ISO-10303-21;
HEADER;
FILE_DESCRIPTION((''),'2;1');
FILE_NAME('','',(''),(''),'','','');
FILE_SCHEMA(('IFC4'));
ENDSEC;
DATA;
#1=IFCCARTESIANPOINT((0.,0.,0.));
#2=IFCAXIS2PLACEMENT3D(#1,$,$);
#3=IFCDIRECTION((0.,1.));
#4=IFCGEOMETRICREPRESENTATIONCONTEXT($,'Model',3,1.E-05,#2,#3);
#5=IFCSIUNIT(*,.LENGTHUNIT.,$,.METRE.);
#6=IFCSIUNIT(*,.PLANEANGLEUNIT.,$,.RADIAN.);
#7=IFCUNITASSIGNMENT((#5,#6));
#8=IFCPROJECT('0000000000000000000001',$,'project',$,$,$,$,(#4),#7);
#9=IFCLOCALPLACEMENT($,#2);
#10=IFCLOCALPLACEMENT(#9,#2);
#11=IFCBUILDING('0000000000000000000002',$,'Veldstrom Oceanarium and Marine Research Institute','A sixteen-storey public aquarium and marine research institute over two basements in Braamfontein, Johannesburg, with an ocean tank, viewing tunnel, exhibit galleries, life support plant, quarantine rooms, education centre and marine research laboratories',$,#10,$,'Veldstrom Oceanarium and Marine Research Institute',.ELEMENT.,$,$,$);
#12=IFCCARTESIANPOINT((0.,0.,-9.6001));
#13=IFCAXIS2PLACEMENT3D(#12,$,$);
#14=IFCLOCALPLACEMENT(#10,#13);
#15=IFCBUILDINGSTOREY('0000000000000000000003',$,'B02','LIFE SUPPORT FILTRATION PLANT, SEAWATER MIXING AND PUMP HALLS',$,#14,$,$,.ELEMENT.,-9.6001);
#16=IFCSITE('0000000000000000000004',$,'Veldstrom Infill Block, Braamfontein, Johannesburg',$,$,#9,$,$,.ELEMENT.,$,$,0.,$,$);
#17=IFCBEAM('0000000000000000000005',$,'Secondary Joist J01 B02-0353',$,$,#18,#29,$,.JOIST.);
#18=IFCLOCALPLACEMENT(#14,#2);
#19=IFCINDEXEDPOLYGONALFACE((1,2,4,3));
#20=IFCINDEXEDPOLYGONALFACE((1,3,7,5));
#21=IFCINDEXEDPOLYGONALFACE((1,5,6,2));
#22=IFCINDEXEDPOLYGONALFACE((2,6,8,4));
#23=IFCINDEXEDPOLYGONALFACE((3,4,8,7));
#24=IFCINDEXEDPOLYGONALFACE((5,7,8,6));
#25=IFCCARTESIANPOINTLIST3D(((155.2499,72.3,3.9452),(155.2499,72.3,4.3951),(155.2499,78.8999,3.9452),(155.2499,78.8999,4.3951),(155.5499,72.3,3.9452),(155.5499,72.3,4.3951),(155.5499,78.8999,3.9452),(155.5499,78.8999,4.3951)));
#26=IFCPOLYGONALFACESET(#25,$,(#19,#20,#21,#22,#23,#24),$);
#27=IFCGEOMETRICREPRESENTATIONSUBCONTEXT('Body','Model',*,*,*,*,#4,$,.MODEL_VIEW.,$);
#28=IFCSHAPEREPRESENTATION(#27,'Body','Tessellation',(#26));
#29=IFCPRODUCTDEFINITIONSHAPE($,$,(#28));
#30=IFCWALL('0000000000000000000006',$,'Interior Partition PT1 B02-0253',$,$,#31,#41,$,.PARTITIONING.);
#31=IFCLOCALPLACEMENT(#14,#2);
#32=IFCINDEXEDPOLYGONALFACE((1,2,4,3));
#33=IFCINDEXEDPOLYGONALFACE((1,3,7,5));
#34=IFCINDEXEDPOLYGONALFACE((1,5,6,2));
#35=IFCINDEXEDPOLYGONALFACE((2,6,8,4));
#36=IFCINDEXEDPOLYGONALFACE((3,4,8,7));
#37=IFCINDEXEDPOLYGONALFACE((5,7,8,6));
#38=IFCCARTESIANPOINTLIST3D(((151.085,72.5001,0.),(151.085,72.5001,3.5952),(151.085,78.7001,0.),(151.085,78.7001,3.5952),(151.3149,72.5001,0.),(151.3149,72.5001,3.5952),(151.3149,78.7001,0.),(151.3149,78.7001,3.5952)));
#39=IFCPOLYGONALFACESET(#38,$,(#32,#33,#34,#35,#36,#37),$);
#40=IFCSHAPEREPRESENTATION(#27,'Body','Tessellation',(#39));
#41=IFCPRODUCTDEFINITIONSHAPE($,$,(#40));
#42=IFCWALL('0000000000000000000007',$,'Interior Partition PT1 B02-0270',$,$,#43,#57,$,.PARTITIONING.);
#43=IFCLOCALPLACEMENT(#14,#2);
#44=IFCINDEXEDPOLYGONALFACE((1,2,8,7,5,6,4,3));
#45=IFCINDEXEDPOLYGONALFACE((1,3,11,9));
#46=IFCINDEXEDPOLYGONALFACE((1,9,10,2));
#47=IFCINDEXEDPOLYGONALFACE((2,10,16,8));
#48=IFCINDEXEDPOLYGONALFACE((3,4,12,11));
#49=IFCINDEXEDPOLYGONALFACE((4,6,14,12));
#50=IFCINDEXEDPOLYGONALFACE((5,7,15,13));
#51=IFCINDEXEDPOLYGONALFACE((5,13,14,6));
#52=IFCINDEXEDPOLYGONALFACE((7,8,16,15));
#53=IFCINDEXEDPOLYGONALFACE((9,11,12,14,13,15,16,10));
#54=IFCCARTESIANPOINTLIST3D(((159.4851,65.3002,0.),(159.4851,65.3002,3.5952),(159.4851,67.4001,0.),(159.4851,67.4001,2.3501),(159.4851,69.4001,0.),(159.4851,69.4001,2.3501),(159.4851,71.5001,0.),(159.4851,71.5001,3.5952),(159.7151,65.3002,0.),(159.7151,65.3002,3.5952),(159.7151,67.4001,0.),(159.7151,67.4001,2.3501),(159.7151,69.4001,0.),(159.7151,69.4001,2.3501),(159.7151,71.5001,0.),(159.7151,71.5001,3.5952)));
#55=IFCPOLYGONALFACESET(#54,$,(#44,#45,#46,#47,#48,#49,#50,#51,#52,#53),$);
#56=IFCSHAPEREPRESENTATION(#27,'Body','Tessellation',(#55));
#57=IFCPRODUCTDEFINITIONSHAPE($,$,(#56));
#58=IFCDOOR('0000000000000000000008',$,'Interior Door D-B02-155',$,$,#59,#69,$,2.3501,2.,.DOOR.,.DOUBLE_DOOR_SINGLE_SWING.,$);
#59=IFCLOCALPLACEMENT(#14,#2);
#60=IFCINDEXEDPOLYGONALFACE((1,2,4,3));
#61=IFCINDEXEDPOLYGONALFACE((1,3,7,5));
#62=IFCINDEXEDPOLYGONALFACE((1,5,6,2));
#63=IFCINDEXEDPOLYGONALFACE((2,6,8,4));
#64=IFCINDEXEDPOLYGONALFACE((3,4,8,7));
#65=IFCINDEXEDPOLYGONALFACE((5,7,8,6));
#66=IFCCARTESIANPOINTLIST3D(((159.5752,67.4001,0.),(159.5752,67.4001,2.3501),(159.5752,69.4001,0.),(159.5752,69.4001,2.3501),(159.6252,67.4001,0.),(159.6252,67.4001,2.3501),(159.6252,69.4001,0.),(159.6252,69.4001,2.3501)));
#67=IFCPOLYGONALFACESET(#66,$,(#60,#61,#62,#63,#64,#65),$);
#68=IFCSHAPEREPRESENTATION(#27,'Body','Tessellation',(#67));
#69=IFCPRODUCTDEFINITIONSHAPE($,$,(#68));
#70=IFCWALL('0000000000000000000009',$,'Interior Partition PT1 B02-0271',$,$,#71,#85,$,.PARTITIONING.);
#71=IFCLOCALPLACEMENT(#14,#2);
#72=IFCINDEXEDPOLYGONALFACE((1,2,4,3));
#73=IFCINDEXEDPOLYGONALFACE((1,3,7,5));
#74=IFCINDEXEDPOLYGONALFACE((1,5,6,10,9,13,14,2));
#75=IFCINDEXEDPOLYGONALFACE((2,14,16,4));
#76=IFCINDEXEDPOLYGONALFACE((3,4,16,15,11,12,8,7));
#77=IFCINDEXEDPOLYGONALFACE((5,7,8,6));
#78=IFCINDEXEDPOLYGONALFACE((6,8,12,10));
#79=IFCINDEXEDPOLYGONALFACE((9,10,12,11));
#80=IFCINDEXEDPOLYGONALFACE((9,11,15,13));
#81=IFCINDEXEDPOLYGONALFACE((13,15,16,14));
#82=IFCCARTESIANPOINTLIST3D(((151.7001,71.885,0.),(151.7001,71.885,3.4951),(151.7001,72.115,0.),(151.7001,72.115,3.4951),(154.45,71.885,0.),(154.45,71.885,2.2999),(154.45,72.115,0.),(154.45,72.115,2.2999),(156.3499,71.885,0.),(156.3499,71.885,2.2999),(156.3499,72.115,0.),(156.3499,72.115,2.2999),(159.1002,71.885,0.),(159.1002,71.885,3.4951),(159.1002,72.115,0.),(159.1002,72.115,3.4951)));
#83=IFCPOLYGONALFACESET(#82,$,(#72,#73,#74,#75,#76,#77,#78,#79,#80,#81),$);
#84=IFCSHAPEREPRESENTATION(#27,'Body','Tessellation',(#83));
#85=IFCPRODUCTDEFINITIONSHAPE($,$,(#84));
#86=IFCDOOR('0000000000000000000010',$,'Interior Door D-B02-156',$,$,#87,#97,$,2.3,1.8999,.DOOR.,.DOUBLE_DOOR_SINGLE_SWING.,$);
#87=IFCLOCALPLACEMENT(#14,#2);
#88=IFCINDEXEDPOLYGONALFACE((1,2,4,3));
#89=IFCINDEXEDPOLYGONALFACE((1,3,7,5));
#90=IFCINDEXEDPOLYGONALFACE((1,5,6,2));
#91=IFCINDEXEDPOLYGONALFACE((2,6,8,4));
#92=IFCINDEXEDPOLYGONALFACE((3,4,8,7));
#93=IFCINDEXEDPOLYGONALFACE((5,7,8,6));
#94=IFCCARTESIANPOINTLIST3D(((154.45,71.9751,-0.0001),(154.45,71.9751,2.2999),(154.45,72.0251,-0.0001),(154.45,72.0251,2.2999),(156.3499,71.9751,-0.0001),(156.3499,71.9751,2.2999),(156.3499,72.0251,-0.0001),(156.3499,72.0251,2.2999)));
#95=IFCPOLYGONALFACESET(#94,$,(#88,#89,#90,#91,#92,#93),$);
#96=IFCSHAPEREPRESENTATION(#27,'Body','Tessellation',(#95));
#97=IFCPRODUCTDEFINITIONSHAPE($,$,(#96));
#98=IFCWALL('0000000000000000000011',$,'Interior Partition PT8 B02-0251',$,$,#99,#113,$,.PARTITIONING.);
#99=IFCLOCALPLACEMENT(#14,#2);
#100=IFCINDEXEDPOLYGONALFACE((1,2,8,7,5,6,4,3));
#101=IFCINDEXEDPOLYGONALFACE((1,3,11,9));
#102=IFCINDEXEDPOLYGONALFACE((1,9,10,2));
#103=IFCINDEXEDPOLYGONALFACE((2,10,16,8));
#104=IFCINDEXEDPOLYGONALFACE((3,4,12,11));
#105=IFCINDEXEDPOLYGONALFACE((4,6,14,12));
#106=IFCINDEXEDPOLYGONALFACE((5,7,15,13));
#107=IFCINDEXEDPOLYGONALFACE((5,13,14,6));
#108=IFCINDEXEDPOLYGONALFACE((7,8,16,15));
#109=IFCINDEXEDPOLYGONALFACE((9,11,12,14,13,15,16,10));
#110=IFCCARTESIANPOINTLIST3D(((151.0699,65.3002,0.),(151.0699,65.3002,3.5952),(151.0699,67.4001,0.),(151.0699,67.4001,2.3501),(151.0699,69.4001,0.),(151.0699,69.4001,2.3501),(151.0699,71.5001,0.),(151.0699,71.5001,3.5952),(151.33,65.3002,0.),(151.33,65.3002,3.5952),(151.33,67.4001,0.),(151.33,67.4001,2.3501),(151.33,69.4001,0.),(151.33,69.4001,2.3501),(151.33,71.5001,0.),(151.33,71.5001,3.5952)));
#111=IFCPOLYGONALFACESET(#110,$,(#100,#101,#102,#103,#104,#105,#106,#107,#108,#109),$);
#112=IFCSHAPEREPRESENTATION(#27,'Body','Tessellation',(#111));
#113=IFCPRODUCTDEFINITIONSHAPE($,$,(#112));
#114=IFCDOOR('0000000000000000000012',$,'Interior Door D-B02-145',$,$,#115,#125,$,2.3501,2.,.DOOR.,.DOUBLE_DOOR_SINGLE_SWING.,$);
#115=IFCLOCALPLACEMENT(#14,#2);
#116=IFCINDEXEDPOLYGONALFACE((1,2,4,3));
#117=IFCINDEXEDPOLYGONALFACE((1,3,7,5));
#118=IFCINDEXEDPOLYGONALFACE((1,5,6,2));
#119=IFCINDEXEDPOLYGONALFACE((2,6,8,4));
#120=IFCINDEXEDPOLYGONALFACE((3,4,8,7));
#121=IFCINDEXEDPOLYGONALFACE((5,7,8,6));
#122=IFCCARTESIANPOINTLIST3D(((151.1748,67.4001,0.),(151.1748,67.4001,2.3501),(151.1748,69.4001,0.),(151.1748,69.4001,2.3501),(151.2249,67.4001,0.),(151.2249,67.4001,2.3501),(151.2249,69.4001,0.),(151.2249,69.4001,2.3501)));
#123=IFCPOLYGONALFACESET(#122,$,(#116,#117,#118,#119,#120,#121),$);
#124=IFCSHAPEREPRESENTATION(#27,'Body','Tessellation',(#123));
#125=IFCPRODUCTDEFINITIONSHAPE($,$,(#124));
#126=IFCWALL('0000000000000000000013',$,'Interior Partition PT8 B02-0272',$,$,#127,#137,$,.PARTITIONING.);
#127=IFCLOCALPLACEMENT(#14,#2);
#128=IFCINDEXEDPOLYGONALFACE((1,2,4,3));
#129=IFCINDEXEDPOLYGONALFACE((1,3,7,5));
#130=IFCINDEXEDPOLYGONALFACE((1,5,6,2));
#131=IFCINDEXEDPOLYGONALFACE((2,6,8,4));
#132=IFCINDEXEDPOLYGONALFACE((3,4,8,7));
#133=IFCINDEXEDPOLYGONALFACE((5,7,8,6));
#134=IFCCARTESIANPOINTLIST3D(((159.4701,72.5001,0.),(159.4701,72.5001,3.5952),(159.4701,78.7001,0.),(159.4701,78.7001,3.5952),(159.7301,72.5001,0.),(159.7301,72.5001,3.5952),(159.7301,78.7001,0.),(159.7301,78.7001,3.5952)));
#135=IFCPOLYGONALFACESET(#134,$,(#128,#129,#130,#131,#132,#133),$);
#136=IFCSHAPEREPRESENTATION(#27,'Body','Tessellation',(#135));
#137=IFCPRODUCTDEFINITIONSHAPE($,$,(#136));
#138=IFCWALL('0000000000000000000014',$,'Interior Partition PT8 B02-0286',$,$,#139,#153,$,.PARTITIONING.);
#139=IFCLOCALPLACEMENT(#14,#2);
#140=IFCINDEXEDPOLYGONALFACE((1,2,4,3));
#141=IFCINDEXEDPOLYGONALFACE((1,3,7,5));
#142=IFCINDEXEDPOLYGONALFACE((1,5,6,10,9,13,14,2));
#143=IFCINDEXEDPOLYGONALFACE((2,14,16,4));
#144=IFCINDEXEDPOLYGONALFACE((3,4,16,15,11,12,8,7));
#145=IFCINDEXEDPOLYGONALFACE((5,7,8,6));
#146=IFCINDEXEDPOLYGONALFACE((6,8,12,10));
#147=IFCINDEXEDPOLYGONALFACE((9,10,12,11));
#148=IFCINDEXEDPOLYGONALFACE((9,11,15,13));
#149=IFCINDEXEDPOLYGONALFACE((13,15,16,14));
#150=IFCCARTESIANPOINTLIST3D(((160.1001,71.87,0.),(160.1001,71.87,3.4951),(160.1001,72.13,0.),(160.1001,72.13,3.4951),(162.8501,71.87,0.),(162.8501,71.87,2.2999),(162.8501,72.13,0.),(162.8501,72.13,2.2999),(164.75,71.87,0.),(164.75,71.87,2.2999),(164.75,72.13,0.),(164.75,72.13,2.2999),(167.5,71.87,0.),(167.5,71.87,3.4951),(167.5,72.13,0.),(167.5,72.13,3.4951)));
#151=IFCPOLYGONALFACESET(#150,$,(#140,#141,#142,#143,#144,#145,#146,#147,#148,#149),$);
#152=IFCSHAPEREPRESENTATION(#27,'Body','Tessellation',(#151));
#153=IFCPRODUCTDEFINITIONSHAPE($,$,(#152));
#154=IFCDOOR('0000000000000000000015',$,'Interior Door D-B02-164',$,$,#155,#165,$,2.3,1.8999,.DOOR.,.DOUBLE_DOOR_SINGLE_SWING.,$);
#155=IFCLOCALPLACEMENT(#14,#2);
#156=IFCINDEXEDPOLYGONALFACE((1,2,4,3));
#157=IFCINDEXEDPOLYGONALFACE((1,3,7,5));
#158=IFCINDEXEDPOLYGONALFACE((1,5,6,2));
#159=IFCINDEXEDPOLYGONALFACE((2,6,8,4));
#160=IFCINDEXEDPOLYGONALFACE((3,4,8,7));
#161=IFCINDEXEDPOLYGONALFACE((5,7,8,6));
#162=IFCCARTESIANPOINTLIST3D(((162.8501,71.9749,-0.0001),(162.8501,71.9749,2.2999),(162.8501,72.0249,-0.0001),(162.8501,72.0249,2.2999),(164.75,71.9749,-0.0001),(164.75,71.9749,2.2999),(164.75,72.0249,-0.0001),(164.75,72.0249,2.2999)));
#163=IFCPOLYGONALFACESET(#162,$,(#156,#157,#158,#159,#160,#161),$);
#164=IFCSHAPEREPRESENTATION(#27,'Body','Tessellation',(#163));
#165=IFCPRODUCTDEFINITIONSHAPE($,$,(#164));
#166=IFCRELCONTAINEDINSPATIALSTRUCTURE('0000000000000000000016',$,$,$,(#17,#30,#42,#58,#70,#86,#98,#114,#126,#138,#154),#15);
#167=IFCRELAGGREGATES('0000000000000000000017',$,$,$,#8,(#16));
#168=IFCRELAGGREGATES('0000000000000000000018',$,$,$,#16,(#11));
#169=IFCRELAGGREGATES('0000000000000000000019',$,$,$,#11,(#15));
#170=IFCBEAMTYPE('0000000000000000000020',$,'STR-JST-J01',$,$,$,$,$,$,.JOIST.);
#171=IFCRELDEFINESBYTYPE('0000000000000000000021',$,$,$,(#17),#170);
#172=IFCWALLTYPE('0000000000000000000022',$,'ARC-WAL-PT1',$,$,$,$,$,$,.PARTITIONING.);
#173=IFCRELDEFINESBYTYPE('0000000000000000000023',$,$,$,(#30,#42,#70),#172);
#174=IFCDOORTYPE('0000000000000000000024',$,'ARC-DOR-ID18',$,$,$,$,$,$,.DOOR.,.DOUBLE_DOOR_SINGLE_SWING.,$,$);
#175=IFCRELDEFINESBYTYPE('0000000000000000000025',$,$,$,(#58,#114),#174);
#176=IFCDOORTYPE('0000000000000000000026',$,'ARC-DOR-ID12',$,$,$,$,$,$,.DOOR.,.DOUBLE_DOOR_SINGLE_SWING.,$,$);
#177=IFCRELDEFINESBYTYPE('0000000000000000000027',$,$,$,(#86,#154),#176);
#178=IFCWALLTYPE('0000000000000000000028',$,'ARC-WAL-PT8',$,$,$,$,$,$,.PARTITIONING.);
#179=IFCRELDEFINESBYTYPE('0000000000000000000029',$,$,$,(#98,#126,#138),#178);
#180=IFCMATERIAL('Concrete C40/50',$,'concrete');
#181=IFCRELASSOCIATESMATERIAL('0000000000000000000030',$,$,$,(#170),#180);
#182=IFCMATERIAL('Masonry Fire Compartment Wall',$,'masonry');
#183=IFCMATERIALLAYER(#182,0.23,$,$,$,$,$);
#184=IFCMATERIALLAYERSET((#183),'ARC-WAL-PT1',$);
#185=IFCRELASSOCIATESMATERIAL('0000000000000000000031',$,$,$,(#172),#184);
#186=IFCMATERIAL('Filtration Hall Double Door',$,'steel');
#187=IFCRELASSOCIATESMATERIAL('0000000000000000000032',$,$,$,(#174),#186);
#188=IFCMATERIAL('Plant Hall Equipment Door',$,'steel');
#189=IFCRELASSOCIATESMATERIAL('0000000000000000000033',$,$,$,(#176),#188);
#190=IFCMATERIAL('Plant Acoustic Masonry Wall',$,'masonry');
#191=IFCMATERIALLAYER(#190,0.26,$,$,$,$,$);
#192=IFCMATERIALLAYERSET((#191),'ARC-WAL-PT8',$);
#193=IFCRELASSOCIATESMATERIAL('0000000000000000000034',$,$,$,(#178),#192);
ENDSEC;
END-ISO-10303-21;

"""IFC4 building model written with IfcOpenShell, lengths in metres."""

from ifc_helpers import new_model, si_unit, direction, frame, frame_2d, origin, origin_2d, place, context, subcontext, project, spatial, rectangle, extrude, material, layer, layer_set, material_profile, profile_set, type_object, element, fill, save


model = new_model("IFC4")

# Units and contexts
model_context = context("Model", 3, precision=1e-05, world=origin(), true_north=direction((0.0, 1.0)))
body_context = subcontext(model_context, "Body", "Model", "MODEL_VIEW")
ifc_project = project(units=[si_unit("LENGTHUNIT", "METRE"), si_unit("PLANEANGLEUNIT", "RADIAN")], contexts=[model_context])

# Site, building, storey
site_placement = place(None, origin())
site = spatial("IfcSite", under=ifc_project, at=site_placement, Name="Veldstrom Infill Block, Braamfontein, Johannesburg", CompositionType="ELEMENT", RefElevation=0.0)
building_placement = place(site_placement, origin())
building = spatial("IfcBuilding", under=site, at=building_placement, Name="Veldstrom Oceanarium and Marine Research Institute", Description="A sixteen-storey public aquarium and marine research institute over two basements in Braamfontein, Johannesburg, with an ocean tank, viewing tunnel, exhibit galleries, life support plant, quarantine rooms, education centre and marine research laboratories", LongName="Veldstrom Oceanarium and Marine Research Institute", CompositionType="ELEMENT")
storey_placement = place(building_placement, frame((0.0, 0.0, -9.6001)))
storey = spatial("IfcBuildingStorey", under=building, at=storey_placement, Name="B02", Description="LIFE SUPPORT FILTRATION PLANT, SEAWATER MIXING AND PUMP HALLS", CompositionType="ELEMENT", Elevation=-9.6001)

# Beam
ifc_material_1 = material(Name="Concrete C40/50", Category="concrete")
ifc_material_profile_1 = material_profile(ifc_material_1, rectangle(XDim=0.3, YDim=0.45, at=origin_2d()), Name="RC-JST-300x450")
ifc_profile_set_1 = profile_set([ifc_material_profile_1], Name="Concrete C40/50")
beam_type_1 = type_object("IfcBeamType", Name="STR-JST-J01", PredefinedType="JOIST", material=ifc_profile_set_1)
beam_1_placement = place(storey_placement, frame((155.3999, 72.3, 4.1702), z_axis=(0.0, 1.0, 0.0), x_axis=(-1.0, 0.0, 0.0)))
element("IfcBeam", 1, at=beam_1_placement, inside=storey, type_object=beam_type_1, Name="Secondary Joist J01 B02-0353", PredefinedType="JOIST", context=body_context, shape_type="SweptSolid", body=[
    extrude(rectangle(XDim=0.3, YDim=0.45, at=origin_2d()), origin(), (0.0, 0.0, 1.0), 6.5999),
])

# Wall
ifc_material_2 = material(Name="Masonry Fire Compartment Wall", Category="masonry")
ifc_layer_1 = layer(ifc_material_2, 0.23)
ifc_layer_set_1 = layer_set([ifc_layer_1], Name="ARC-WAL-PT1")
wall_type_1 = type_object("IfcWallType", Name="ARC-WAL-PT1", PredefinedType="PARTITIONING", material=ifc_layer_set_1)
wall_1_placement = place(storey_placement, frame((151.2, 72.5, 0.0), z_axis=(0.0, 0.0, 1.0), x_axis=(0.0, 1.0, 0.0)))
element("IfcWall", 2, at=wall_1_placement, inside=storey, type_object=wall_type_1, Name="Interior Partition PT1 B02-0253", PredefinedType="PARTITIONING", context=body_context, shape_type="SweptSolid", body=[
    extrude(rectangle(XDim=6.2, YDim=0.23, at=frame_2d((3.1001, 0.0))), origin(), (0.0, 0.0, 1.0), 3.5952),
])

# Walls, openings, doors
wall_2_placement = place(storey_placement, frame((159.6001, 65.3, 0.0), z_axis=(0.0, 0.0, 1.0), x_axis=(0.0, 1.0, 0.0)))
wall_2 = element("IfcWall", 3, at=wall_2_placement, inside=storey, type_object=wall_type_1, Name="Interior Partition PT1 B02-0270", PredefinedType="PARTITIONING", context=body_context, shape_type="SweptSolid", body=[
    extrude(rectangle(XDim=6.2, YDim=0.23, at=frame_2d((3.1001, 0.0))), origin(), (0.0, 0.0, 1.0), 3.5952),
])
opening_1_placement = place(wall_2_placement, frame((2.1001, 0.0, 0.0)))
opening_1 = element("IfcOpeningElement", 4, at=opening_1_placement, cuts=wall_2, PredefinedType="OPENING", context=body_context, shape_type="SweptSolid", body=[
    extrude(rectangle(XDim=2.0, YDim=2.3501, at=frame_2d((1.0, 1.175))), frame((0.0, 0.125, 0.0), z_axis=(0.0, -1.0, 0.0), x_axis=(1.0, 0.0, 0.0)), (0.0, 0.0, 1.0), 0.25),
])
ifc_material_3 = material(Name="Filtration Hall Double Door", Category="steel")
door_type_1 = type_object("IfcDoorType", Name="ARC-DOR-ID18", OperationType="DOUBLE_DOOR_SINGLE_SWING", PredefinedType="DOOR", material=ifc_material_3)
door_1_placement = place(opening_1_placement, origin())
door_1 = element("IfcDoor", 5, at=door_1_placement, inside=storey, type_object=door_type_1, Name="Interior Door D-B02-155", OperationType="DOUBLE_DOOR_SINGLE_SWING", OverallHeight=2.3501, OverallWidth=2.0, PredefinedType="DOOR", context=body_context, shape_type="SweptSolid", body=[
    extrude(rectangle(XDim=2.0, YDim=2.3501, at=frame_2d((1.0, 1.175))), frame((0.0, 0.0249, 0.0), z_axis=(0.0, -1.0, 0.0), x_axis=(1.0, 0.0, 0.0)), (0.0, 0.0, 1.0), 0.05),
])
fill(opening_1, door_1)
wall_3_placement = place(storey_placement, frame((151.7, 72.0, 0.0), z_axis=(0.0, 0.0, 1.0), x_axis=(1.0, 0.0, 0.0)))
wall_3 = element("IfcWall", 6, at=wall_3_placement, inside=storey, type_object=wall_type_1, Name="Interior Partition PT1 B02-0271", PredefinedType="PARTITIONING", context=body_context, shape_type="SweptSolid", body=[
    extrude(rectangle(XDim=7.4001, YDim=0.23, at=frame_2d((3.7002, 0.0))), origin(), (0.0, 0.0, 1.0), 3.4951),
])
opening_2_placement = place(wall_3_placement, frame((2.75, 0.0, 0.0)))
opening_2 = element("IfcOpeningElement", 7, at=opening_2_placement, cuts=wall_3, PredefinedType="OPENING", context=body_context, shape_type="SweptSolid", body=[
    extrude(rectangle(XDim=1.8999, YDim=2.3, at=frame_2d((0.95, 1.1499))), frame((0.0, 0.125, 0.0), z_axis=(0.0, -1.0, 0.0), x_axis=(1.0, 0.0, 0.0)), (0.0, 0.0, 1.0), 0.25),
])
ifc_material_4 = material(Name="Plant Hall Equipment Door", Category="steel")
door_type_2 = type_object("IfcDoorType", Name="ARC-DOR-ID12", OperationType="DOUBLE_DOOR_SINGLE_SWING", PredefinedType="DOOR", material=ifc_material_4)
door_2_placement = place(opening_2_placement, frame((1.8999, 0.0, 0.0), z_axis=(0.0, 0.0, 1.0), x_axis=(-1.0, 0.0, 0.0)))
door_2 = element("IfcDoor", 8, at=door_2_placement, inside=storey, type_object=door_type_2, Name="Interior Door D-B02-156", OperationType="DOUBLE_DOOR_SINGLE_SWING", OverallHeight=2.3, OverallWidth=1.8999, PredefinedType="DOOR", context=body_context, shape_type="SweptSolid", body=[
    extrude(rectangle(XDim=1.8999, YDim=2.3, at=frame_2d((0.95, 1.1499))), frame((0.0, 0.0249, 0.0), z_axis=(0.0, -1.0, 0.0), x_axis=(1.0, 0.0, 0.0)), (0.0, 0.0, 1.0), 0.05),
])
fill(opening_2, door_2)
ifc_material_5 = material(Name="Plant Acoustic Masonry Wall", Category="masonry")
ifc_layer_2 = layer(ifc_material_5, 0.26)
ifc_layer_set_2 = layer_set([ifc_layer_2], Name="ARC-WAL-PT8")
wall_type_2 = type_object("IfcWallType", Name="ARC-WAL-PT8", PredefinedType="PARTITIONING", material=ifc_layer_set_2)
wall_4_placement = place(storey_placement, frame((151.2, 65.3, 0.0), z_axis=(0.0, 0.0, 1.0), x_axis=(0.0, 1.0, 0.0)))
wall_4 = element("IfcWall", 9, at=wall_4_placement, inside=storey, type_object=wall_type_2, Name="Interior Partition PT8 B02-0251", PredefinedType="PARTITIONING", context=body_context, shape_type="SweptSolid", body=[
    extrude(rectangle(XDim=6.2, YDim=0.26, at=frame_2d((3.1001, 0.0))), origin(), (0.0, 0.0, 1.0), 3.5952),
])
opening_3_placement = place(wall_4_placement, frame((2.1001, 0.0, 0.0)))
opening_3 = element("IfcOpeningElement", 10, at=opening_3_placement, cuts=wall_4, PredefinedType="OPENING", context=body_context, shape_type="SweptSolid", body=[
    extrude(rectangle(XDim=2.0, YDim=2.3501, at=frame_2d((1.0, 1.175))), frame((0.0, 0.1399, 0.0), z_axis=(0.0, -1.0, 0.0), x_axis=(1.0, 0.0, 0.0)), (0.0, 0.0, 1.0), 0.28),
])
door_3_placement = place(opening_3_placement, frame((2.0, 0.0, 0.0), z_axis=(0.0, 0.0, 1.0), x_axis=(-1.0, 0.0, 0.0)))
door_3 = element("IfcDoor", 11, at=door_3_placement, inside=storey, type_object=door_type_1, Name="Interior Door D-B02-145", OperationType="DOUBLE_DOOR_SINGLE_SWING", OverallHeight=2.3501, OverallWidth=2.0, PredefinedType="DOOR", context=body_context, shape_type="SweptSolid", body=[
    extrude(rectangle(XDim=2.0, YDim=2.3501, at=frame_2d((1.0, 1.175))), frame((0.0, 0.0249, 0.0), z_axis=(0.0, -1.0, 0.0), x_axis=(1.0, 0.0, 0.0)), (0.0, 0.0, 1.0), 0.05),
])
fill(opening_3, door_3)

# Wall
wall_5_placement = place(storey_placement, frame((159.6001, 72.5, 0.0), z_axis=(0.0, 0.0, 1.0), x_axis=(0.0, 1.0, 0.0)))
element("IfcWall", 12, at=wall_5_placement, inside=storey, type_object=wall_type_2, Name="Interior Partition PT8 B02-0272", PredefinedType="PARTITIONING", context=body_context, shape_type="SweptSolid", body=[
    extrude(rectangle(XDim=6.2, YDim=0.26, at=frame_2d((3.1001, 0.0))), origin(), (0.0, 0.0, 1.0), 3.5952),
])

# Wall, opening, door
wall_6_placement = place(storey_placement, frame((160.1001, 72.0, 0.0), z_axis=(0.0, 0.0, 1.0), x_axis=(1.0, 0.0, 0.0)))
wall_6 = element("IfcWall", 13, at=wall_6_placement, inside=storey, type_object=wall_type_2, Name="Interior Partition PT8 B02-0286", PredefinedType="PARTITIONING", context=body_context, shape_type="SweptSolid", body=[
    extrude(rectangle(XDim=7.3999, YDim=0.26, at=frame_2d((3.7, 0.0))), origin(), (0.0, 0.0, 1.0), 3.4951),
])
opening_4_placement = place(wall_6_placement, frame((2.75, 0.0, 0.0)))
opening_4 = element("IfcOpeningElement", 14, at=opening_4_placement, cuts=wall_6, PredefinedType="OPENING", context=body_context, shape_type="SweptSolid", body=[
    extrude(rectangle(XDim=1.8999, YDim=2.3, at=frame_2d((0.95, 1.1499))), frame((0.0, 0.1399, 0.0), z_axis=(0.0, -1.0, 0.0), x_axis=(1.0, 0.0, 0.0)), (0.0, 0.0, 1.0), 0.28),
])
door_4_placement = place(opening_4_placement, origin())
door_4 = element("IfcDoor", 15, at=door_4_placement, inside=storey, type_object=door_type_2, Name="Interior Door D-B02-164", OperationType="DOUBLE_DOOR_SINGLE_SWING", OverallHeight=2.3, OverallWidth=1.8999, PredefinedType="DOOR", context=body_context, shape_type="SweptSolid", body=[
    extrude(rectangle(XDim=1.8999, YDim=2.3, at=frame_2d((0.95, 1.1499))), frame((0.0, 0.0249, 0.0), z_axis=(0.0, -1.0, 0.0), x_axis=(1.0, 0.0, 0.0)), (0.0, 0.0, 1.0), 0.05),
])
fill(opening_4, door_4)

save(model, "model.ifc")
